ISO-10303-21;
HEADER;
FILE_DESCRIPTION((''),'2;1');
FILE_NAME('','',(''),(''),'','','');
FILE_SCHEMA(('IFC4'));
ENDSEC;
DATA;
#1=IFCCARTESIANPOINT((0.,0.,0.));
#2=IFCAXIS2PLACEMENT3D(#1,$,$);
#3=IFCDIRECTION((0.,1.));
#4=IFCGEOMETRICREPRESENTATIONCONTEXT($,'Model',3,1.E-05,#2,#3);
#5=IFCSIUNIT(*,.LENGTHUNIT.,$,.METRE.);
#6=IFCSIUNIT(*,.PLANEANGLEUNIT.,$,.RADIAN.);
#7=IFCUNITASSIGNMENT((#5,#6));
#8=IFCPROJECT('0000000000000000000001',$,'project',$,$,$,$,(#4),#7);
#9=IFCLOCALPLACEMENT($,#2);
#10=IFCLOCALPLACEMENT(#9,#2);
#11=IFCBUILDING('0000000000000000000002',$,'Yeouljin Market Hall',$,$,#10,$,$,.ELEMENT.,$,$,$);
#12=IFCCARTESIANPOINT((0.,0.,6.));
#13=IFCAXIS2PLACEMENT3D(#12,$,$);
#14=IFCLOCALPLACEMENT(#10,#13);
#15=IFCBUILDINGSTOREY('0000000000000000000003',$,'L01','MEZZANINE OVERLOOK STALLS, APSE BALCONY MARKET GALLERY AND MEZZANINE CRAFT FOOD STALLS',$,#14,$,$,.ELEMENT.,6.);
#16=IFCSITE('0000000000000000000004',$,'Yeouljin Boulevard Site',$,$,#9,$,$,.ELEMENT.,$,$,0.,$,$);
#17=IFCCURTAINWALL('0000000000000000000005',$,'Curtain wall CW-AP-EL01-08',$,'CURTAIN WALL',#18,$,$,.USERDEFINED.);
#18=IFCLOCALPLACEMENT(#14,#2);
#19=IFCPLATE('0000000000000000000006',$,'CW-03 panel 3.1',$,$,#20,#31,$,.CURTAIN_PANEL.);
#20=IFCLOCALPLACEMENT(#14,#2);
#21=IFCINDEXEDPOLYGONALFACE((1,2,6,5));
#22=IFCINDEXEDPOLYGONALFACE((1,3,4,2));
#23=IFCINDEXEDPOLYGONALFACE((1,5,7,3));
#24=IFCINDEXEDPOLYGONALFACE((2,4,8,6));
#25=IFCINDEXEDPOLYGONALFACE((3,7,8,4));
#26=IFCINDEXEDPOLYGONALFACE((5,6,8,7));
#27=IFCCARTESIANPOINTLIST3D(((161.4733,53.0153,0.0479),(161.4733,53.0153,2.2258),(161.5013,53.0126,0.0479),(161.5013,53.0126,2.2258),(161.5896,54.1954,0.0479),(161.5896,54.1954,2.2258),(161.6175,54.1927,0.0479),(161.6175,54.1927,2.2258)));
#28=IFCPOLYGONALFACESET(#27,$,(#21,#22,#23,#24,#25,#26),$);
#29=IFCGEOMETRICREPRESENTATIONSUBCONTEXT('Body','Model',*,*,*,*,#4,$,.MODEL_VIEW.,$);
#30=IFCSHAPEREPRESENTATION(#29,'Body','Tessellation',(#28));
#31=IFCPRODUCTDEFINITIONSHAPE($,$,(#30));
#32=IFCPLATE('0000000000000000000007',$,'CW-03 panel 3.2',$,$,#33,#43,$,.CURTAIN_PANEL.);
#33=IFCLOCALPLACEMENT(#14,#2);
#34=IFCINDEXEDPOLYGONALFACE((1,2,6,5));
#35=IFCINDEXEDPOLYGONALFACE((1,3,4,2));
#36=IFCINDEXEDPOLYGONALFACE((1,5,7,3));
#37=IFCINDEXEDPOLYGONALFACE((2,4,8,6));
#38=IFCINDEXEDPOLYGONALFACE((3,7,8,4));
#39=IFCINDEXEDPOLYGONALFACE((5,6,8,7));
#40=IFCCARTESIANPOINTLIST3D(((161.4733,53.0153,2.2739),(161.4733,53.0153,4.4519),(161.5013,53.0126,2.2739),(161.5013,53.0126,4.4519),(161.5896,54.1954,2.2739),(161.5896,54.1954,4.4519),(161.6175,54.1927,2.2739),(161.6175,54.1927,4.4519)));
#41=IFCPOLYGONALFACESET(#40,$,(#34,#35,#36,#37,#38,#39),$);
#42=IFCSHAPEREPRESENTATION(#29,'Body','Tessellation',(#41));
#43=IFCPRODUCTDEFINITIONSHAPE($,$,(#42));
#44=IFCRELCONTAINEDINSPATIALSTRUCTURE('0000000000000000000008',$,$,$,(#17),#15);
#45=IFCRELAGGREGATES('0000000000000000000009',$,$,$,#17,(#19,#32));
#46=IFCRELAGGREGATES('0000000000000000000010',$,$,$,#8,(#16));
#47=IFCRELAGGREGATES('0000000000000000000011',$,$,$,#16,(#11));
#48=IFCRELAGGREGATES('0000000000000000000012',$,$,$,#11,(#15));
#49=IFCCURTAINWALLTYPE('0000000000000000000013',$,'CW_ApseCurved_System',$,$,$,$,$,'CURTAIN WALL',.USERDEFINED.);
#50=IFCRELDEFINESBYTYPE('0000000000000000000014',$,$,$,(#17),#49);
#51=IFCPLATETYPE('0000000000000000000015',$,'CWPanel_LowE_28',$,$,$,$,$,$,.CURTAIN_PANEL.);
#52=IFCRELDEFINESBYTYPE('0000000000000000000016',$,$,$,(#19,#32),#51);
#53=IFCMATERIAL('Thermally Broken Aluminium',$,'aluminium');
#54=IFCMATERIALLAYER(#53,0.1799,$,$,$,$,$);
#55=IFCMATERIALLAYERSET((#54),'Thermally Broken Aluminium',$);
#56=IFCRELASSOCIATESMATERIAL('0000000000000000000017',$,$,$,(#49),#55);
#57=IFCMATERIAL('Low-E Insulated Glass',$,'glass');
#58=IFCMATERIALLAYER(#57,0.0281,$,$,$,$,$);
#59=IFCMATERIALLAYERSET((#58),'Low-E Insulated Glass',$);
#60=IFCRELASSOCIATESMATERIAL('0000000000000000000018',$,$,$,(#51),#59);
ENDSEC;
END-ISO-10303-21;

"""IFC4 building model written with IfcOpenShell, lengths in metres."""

from ifc_helpers import new_model, si_unit, direction, frame, origin, origin_2d, place, context, subcontext, project, spatial, rectangle, extrude, material, layer, layer_set, type_object, element, aggregate, save


model = new_model("IFC4")

# Units and contexts
model_context = context("Model", 3, precision=1e-05, world=origin(), true_north=direction((0.0, 1.0)))
body_context = subcontext(model_context, "Body", "Model", "MODEL_VIEW")
ifc_project = project(units=[si_unit("LENGTHUNIT", "METRE"), si_unit("PLANEANGLEUNIT", "RADIAN")], contexts=[model_context])

# Site, building, storey
site_placement = place(None, origin())
site = spatial("IfcSite", under=ifc_project, at=site_placement, Name="Yeouljin Boulevard Site", CompositionType="ELEMENT", RefElevation=0.0)
building_placement = place(site_placement, origin())
building = spatial("IfcBuilding", under=site, at=building_placement, Name="Yeouljin Market Hall", CompositionType="ELEMENT")
storey_placement = place(building_placement, frame((0.0, 0.0, 6.0)))
storey = spatial("IfcBuildingStorey", under=building, at=storey_placement, Name="L01", Description="MEZZANINE OVERLOOK STALLS, APSE BALCONY MARKET GALLERY AND MEZZANINE CRAFT FOOD STALLS", CompositionType="ELEMENT", Elevation=6.0)

# Curtain wall
ifc_material_1 = material(Name="Thermally Broken Aluminium", Category="aluminium")
ifc_layer_1 = layer(ifc_material_1, 0.1799)
ifc_layer_set_1 = layer_set([ifc_layer_1], Name="Thermally Broken Aluminium")
curtain_wall_type = type_object("IfcCurtainWallType", Name="CW_ApseCurved_System", ElementType="CURTAIN WALL", PredefinedType="USERDEFINED", material=ifc_layer_set_1)
curtain_wall_placement = place(storey_placement, origin())
curtain_wall = element("IfcCurtainWall", 1, at=curtain_wall_placement, inside=storey, type_object=curtain_wall_type, Name="Curtain wall CW-AP-EL01-08", ObjectType="CURTAIN WALL", PredefinedType="USERDEFINED")

# Plates
ifc_material_2 = material(Name="Low-E Insulated Glass", Category="glass")
ifc_layer_2 = layer(ifc_material_2, 0.0281)
ifc_layer_set_2 = layer_set([ifc_layer_2], Name="Low-E Insulated Glass")
plate_type = type_object("IfcPlateType", Name="CWPanel_LowE_28", PredefinedType="CURTAIN_PANEL", material=ifc_layer_set_2)
plate_1_placement = place(storey_placement, frame((161.5454, 53.604, 0.0479), z_axis=(0.0, 0.0, 1.0), x_axis=(-0.098034, -0.995183, 0.0)))
plate_1 = element("IfcPlate", 2, at=plate_1_placement, type_object=plate_type, Name="CW-03 panel 3.1", PredefinedType="CURTAIN_PANEL", context=body_context, shape_type="SweptSolid", body=[
    extrude(rectangle(XDim=1.1858, YDim=0.0281, at=origin_2d()), origin(), (0.0, 0.0, 1.0), 2.178),
])
plate_2_placement = place(storey_placement, frame((161.5454, 53.604, 2.2739), z_axis=(0.0, 0.0, 1.0), x_axis=(-0.098034, -0.995183, 0.0)))
plate_2 = element("IfcPlate", 3, at=plate_2_placement, type_object=plate_type, Name="CW-03 panel 3.2", PredefinedType="CURTAIN_PANEL", context=body_context, shape_type="SweptSolid", body=[
    extrude(rectangle(XDim=1.1858, YDim=0.0281, at=origin_2d()), origin(), (0.0, 0.0, 1.0), 2.178),
])
aggregate(curtain_wall, [plate_1, plate_2])

save(model, "model.ifc")
